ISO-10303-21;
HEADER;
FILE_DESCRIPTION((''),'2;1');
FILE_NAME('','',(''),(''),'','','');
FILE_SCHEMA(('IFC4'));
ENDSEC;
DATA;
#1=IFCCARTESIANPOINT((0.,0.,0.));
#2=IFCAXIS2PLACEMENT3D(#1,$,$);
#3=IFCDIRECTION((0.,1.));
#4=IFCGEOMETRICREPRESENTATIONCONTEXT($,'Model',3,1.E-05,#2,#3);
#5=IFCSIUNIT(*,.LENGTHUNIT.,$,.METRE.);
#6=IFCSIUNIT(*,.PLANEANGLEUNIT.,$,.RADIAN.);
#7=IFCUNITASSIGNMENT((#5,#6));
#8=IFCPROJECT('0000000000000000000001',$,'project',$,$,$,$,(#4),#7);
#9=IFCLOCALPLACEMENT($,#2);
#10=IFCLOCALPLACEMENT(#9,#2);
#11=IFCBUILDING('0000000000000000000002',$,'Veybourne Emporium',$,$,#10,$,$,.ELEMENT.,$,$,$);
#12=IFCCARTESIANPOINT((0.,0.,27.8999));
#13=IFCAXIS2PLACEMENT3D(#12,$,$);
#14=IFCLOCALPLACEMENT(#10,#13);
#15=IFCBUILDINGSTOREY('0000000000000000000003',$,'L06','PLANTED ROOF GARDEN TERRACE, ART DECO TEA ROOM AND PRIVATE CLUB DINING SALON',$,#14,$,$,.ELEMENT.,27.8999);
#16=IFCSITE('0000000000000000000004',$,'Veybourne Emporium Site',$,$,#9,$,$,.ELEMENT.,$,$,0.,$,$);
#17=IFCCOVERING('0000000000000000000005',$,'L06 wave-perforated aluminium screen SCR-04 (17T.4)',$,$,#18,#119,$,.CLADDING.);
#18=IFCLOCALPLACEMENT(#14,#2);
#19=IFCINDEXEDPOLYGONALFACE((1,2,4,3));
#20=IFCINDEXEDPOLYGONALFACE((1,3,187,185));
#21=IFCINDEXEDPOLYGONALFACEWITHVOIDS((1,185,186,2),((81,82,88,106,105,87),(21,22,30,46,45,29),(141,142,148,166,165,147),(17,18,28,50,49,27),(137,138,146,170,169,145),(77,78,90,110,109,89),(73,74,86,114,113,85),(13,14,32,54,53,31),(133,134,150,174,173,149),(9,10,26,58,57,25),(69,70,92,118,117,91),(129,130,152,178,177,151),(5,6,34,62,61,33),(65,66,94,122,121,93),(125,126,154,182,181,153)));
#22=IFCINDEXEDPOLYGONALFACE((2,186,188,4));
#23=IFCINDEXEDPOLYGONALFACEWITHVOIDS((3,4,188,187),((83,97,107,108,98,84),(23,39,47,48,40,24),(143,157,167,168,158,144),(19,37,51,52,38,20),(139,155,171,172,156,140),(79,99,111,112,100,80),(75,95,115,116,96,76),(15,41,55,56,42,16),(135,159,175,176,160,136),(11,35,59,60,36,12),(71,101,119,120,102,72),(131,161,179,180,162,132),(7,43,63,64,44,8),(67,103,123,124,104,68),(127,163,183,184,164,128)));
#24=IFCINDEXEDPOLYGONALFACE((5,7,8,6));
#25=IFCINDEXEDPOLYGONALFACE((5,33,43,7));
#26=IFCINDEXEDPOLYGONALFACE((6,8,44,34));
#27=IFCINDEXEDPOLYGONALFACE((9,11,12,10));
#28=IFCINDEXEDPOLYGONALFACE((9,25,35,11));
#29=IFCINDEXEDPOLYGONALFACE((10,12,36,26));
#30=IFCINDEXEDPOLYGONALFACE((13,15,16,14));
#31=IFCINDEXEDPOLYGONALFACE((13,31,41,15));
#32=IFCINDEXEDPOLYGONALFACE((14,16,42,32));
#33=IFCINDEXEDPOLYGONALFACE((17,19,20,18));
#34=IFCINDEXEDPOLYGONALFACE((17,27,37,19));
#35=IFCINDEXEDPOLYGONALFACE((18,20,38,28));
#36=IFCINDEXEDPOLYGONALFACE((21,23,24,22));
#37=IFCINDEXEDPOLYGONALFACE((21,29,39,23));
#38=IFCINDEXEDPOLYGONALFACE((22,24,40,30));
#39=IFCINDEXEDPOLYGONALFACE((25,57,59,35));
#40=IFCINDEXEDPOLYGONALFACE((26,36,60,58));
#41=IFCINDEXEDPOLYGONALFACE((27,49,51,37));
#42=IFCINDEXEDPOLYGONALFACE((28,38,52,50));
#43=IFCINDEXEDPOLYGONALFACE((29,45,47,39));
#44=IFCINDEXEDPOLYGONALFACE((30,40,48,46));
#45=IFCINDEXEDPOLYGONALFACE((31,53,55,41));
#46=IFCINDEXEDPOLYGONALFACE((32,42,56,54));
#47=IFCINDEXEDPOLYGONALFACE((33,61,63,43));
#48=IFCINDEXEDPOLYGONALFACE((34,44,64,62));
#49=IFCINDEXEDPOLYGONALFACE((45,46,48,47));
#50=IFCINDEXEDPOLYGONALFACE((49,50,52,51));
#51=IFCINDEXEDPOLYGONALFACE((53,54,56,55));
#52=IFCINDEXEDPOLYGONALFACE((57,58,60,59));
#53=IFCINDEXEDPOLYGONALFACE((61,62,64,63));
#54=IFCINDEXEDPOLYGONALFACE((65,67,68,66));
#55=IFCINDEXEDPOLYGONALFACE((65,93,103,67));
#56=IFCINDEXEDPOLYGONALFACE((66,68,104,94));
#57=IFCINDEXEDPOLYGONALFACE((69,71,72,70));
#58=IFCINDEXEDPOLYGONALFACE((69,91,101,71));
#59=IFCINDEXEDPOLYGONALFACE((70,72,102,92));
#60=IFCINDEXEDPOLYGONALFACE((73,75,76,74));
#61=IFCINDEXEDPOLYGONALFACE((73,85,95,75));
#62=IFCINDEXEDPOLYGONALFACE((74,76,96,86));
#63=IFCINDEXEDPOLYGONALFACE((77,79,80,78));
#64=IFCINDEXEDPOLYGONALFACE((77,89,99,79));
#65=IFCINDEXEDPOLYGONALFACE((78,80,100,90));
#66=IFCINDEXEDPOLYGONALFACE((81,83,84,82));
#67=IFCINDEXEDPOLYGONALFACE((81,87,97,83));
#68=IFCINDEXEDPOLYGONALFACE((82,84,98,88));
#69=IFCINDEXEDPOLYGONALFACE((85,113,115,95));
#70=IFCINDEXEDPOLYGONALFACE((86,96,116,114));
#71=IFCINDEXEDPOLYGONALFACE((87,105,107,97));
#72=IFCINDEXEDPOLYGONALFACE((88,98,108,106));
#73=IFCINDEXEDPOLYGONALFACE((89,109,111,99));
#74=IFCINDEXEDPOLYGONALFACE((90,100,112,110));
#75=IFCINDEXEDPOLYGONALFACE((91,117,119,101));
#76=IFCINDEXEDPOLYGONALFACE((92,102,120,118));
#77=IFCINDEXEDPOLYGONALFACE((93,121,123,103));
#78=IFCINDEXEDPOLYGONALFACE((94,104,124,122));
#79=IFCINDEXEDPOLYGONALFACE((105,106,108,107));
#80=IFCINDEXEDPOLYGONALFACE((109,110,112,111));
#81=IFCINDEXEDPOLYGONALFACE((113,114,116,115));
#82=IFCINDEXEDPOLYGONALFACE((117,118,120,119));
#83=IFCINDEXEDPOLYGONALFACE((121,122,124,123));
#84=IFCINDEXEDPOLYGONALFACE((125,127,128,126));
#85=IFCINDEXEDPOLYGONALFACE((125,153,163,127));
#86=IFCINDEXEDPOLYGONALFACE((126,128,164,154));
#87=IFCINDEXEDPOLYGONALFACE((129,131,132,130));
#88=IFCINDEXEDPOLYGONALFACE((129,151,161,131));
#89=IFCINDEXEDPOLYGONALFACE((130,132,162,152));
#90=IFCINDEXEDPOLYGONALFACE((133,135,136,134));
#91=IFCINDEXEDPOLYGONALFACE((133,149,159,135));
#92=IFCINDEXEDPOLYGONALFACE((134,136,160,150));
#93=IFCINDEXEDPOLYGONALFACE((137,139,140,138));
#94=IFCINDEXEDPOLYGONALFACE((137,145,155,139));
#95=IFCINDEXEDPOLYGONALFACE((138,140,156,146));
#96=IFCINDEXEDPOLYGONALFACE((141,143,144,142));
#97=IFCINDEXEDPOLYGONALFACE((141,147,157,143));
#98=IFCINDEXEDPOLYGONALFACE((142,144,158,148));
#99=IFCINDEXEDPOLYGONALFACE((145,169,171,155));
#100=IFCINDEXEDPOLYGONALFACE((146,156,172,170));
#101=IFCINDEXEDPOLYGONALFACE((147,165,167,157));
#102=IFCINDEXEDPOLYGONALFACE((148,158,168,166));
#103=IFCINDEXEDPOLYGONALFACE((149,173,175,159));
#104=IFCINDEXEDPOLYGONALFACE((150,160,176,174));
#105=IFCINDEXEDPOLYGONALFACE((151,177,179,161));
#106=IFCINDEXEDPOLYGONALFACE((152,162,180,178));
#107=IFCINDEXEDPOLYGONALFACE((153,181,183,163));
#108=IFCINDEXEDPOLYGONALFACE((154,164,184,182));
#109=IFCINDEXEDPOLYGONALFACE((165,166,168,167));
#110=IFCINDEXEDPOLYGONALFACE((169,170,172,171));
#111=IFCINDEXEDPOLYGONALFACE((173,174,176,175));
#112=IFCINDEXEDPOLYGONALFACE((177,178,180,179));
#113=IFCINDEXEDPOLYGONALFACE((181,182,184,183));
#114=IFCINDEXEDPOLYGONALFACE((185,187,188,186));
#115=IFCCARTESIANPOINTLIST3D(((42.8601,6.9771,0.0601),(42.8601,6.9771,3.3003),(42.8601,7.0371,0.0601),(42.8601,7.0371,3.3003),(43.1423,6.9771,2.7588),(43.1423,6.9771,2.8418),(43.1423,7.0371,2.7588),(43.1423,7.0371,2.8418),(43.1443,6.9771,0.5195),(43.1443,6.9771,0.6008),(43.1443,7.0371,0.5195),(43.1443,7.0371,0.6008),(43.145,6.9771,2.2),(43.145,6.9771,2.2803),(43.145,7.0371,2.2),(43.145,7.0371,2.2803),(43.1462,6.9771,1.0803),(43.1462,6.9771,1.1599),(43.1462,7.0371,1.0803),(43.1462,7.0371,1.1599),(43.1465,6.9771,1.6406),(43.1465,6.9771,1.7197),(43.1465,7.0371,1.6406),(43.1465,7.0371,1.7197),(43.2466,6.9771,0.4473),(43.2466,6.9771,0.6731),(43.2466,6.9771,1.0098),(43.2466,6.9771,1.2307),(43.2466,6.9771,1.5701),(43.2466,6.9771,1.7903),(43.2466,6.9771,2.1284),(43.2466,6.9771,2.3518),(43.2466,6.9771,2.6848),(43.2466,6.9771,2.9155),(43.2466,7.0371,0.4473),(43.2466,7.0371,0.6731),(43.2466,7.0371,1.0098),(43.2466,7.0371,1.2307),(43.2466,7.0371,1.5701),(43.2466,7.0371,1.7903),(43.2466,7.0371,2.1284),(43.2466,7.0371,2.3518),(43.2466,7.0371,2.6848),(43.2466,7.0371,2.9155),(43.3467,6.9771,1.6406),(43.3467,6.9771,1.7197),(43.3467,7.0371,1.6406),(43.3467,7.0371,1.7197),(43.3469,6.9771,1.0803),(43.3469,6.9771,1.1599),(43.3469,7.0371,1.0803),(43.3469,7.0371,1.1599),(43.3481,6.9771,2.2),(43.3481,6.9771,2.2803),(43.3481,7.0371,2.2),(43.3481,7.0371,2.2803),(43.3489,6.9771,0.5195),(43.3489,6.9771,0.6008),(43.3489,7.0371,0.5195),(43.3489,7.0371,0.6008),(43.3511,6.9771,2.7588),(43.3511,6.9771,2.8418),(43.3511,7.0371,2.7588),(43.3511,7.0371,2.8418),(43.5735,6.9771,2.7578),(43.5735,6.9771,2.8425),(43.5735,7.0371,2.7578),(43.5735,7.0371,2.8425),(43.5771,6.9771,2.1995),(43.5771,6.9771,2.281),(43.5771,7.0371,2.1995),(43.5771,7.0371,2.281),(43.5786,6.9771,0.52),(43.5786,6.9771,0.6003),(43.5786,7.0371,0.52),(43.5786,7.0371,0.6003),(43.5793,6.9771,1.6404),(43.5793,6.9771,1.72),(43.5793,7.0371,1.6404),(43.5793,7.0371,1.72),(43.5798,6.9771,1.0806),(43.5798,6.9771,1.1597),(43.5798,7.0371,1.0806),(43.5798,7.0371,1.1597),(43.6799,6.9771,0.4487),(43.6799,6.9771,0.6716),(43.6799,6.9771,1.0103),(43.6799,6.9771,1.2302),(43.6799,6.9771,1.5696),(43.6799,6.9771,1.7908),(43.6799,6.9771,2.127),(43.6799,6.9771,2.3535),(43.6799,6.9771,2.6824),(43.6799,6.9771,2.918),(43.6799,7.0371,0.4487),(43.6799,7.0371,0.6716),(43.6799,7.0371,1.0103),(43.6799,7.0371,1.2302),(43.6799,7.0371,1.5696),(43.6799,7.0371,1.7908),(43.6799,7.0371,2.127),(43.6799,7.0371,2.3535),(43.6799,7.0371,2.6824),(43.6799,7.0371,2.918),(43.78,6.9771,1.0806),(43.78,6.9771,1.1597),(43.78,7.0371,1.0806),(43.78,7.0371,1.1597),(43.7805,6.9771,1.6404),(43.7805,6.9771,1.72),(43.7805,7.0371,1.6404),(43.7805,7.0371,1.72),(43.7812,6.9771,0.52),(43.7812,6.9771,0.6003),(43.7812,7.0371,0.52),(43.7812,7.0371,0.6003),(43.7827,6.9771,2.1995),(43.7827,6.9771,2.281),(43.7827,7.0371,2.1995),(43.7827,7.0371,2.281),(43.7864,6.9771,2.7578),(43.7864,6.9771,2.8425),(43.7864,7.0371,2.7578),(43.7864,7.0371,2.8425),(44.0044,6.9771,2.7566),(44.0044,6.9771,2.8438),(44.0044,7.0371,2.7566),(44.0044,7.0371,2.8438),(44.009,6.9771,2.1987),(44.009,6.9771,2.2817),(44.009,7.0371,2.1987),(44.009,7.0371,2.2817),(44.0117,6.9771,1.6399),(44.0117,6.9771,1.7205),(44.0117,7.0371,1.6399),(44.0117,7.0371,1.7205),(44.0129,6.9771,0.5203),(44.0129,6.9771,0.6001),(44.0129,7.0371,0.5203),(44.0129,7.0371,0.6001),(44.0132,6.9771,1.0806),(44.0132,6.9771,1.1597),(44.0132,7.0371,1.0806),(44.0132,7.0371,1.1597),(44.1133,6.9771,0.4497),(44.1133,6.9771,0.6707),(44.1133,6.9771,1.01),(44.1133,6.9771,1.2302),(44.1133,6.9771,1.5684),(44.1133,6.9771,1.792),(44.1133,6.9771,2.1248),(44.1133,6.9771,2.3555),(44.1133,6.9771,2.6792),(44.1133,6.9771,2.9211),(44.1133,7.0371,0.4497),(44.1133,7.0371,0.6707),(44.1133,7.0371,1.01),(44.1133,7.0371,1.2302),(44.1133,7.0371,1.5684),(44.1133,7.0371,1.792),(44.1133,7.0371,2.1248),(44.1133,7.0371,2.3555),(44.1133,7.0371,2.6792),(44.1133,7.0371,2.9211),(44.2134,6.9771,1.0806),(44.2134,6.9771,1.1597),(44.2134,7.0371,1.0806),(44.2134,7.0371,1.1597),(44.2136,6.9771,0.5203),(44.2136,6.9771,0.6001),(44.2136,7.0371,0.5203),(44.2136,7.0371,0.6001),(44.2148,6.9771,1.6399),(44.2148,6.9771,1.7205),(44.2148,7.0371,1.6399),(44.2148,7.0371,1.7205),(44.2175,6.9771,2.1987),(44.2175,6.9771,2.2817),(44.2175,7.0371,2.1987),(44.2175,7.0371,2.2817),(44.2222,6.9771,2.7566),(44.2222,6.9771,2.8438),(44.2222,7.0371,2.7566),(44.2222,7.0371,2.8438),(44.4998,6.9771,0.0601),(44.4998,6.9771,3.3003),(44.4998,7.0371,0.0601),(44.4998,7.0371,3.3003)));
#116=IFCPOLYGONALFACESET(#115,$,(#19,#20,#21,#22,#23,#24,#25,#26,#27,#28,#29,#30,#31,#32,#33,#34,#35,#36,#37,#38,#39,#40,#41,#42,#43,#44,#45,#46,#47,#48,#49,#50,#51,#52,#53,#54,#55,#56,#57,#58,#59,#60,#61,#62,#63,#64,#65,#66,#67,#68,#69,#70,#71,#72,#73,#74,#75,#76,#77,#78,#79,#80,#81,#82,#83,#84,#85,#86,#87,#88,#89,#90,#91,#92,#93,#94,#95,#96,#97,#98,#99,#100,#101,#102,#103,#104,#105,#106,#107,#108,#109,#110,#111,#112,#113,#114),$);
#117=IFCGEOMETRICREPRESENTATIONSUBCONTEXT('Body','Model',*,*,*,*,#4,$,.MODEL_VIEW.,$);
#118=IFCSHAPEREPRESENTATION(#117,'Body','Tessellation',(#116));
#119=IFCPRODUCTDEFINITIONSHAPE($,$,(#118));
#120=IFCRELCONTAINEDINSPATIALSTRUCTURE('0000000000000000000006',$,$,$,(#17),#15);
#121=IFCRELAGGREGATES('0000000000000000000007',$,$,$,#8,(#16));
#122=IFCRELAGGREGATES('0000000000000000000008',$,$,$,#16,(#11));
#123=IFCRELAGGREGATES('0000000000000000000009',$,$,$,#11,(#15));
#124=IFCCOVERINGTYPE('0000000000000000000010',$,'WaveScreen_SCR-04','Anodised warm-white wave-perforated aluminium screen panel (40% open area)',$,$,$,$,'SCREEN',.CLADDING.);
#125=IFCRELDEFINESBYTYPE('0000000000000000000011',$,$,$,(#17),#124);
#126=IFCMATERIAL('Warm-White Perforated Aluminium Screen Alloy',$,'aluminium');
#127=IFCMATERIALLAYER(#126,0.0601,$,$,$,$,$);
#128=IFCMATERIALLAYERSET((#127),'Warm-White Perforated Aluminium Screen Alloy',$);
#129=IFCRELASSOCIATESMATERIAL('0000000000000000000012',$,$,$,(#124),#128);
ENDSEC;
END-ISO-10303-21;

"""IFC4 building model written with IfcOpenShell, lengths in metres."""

from ifc_helpers import new_model, si_unit, direction, frame, origin, place, context, subcontext, project, spatial, polyline, outline, extrude, material, layer, layer_set, type_object, element, save


model = new_model("IFC4")

# Units and contexts
model_context = context("Model", 3, precision=1e-05, world=origin(), true_north=direction((0.0, 1.0)))
body_context = subcontext(model_context, "Body", "Model", "MODEL_VIEW")
ifc_project = project(units=[si_unit("LENGTHUNIT", "METRE"), si_unit("PLANEANGLEUNIT", "RADIAN")], contexts=[model_context])

# Site, building, storey
site_placement = place(None, origin())
site = spatial("IfcSite", under=ifc_project, at=site_placement, Name="Veybourne Emporium Site", CompositionType="ELEMENT", RefElevation=0.0)
building_placement = place(site_placement, origin())
building = spatial("IfcBuilding", under=site, at=building_placement, Name="Veybourne Emporium", CompositionType="ELEMENT")
storey_placement = place(building_placement, frame((0.0, 0.0, 27.8999)))
storey = spatial("IfcBuildingStorey", under=building, at=storey_placement, Name="L06", Description="PLANTED ROOF GARDEN TERRACE, ART DECO TEA ROOM AND PRIVATE CLUB DINING SALON", CompositionType="ELEMENT", Elevation=27.8999)

# Covering
ifc_material_1 = material(Name="Warm-White Perforated Aluminium Screen Alloy", Category="aluminium")
ifc_layer_1 = layer(ifc_material_1, 0.0601)
ifc_layer_set_1 = layer_set([ifc_layer_1], Name="Warm-White Perforated Aluminium Screen Alloy")
covering_type_1 = type_object("IfcCoveringType", Name="WaveScreen_SCR-04", Description="Anodised warm-white wave-perforated aluminium screen panel (40% open area)", ElementType="SCREEN", PredefinedType="CLADDING", material=ifc_layer_set_1)
covering_1_placement = place(storey_placement, frame((43.6799, 6.9771, 1.6802), z_axis=(0.0, 1.0, 0.0), x_axis=(-1.0, 0.0, 0.0)))
element("IfcCovering", 1, at=covering_1_placement, inside=storey, type_object=covering_type_1, Name="L06 wave-perforated aluminium screen SCR-04 (17T.4)", PredefinedType="CLADDING", context=body_context, shape_type="SweptSolid", body=[
    extrude(outline(polyline([(-0.8198, -1.6201), (0.8198, -1.6201), (0.8198, 1.6201), (-0.8198, 1.6201), (-0.8198, -1.6201)]), holes=[polyline([(-0.4333, -1.0095), (-0.333, -1.0801), (-0.333, -1.1599), (-0.4333, -1.2305), (-0.5337, -1.1599), (-0.5337, -1.0801), (-0.4333, -1.0095)]), polyline([(-0.4333, -0.45), (-0.3333, -0.5205), (-0.3333, -0.5996), (-0.4333, -0.6702), (-0.5334, -0.5996), (-0.5334, -0.5205), (-0.4333, -0.45)]), polyline([(-0.4333, 0.1118), (-0.3318, 0.0403), (-0.3318, -0.0403), (-0.4333, -0.1118), (-0.5349, -0.0403), (-0.5349, 0.0403), (-0.4333, 0.1118)]), polyline([(-0.4333, 0.6753), (-0.3291, 0.6016), (-0.3291, 0.5186), (-0.4333, 0.4446), (-0.5376, 0.5186), (-0.5376, 0.6016), (-0.4333, 0.6753)]), polyline([(-0.4333, 1.241), (-0.3245, 1.1636), (-0.3245, 1.0764), (-0.4333, 0.999), (-0.5422, 1.0764), (-0.5422, 1.1636), (-0.4333, 1.241)]), polyline([(0.0, -1.0085), (0.1013, -1.0798), (0.1013, -1.1602), (0.0, -1.2314), (-0.1013, -1.1602), (-0.1013, -1.0798), (0.0, -1.0085)]), polyline([(0.0, -0.45), (0.1001, -0.5205), (0.1001, -0.5996), (0.0, -0.6699), (-0.1001, -0.5996), (-0.1001, -0.5205), (0.0, -0.45)]), polyline([(0.0, 0.1106), (0.1006, 0.0398), (0.1006, -0.0398), (0.0, -0.1106), (-0.1006, -0.0398), (-0.1006, 0.0398), (0.0, 0.1106)]), polyline([(0.0, 0.6733), (0.1028, 0.6008), (0.1028, 0.5193), (0.0, 0.4468), (-0.1028, 0.5193), (-0.1028, 0.6008), (0.0, 0.6733)]), polyline([(0.0, 1.2378), (0.1064, 1.1624), (0.1064, 1.0776), (0.0, 1.0022), (-0.1064, 1.0776), (-0.1064, 1.1624), (0.0, 1.2378)]), polyline([(0.4333, -1.0071), (0.5356, -1.0793), (0.5356, -1.1606), (0.4333, -1.2329), (0.3311, -1.1606), (0.3311, -1.0793), (0.4333, -1.0071)]), polyline([(0.4333, -0.4495), (0.5337, -0.5203), (0.5337, -0.5999), (0.4333, -0.6704), (0.333, -0.5999), (0.333, -0.5203), (0.4333, -0.4495)]), polyline([(0.4333, 0.1101), (0.5334, 0.0396), (0.5334, -0.0396), (0.4333, -0.1101), (0.3333, -0.0396), (0.3333, 0.0396), (0.4333, 0.1101)]), polyline([(0.4333, 0.6716), (0.5349, 0.6001), (0.5349, 0.5198), (0.4333, 0.4482), (0.3318, 0.5198), (0.3318, 0.6001), (0.4333, 0.6716)]), polyline([(0.4333, 1.2354), (0.5376, 1.1616), (0.5376, 1.0786), (0.4333, 1.0046), (0.3289, 1.0786), (0.3289, 1.1616), (0.4333, 1.2354)])]), origin(), (0.0, 0.0, 1.0), 0.0601),
])

save(model, "model.ifc")
